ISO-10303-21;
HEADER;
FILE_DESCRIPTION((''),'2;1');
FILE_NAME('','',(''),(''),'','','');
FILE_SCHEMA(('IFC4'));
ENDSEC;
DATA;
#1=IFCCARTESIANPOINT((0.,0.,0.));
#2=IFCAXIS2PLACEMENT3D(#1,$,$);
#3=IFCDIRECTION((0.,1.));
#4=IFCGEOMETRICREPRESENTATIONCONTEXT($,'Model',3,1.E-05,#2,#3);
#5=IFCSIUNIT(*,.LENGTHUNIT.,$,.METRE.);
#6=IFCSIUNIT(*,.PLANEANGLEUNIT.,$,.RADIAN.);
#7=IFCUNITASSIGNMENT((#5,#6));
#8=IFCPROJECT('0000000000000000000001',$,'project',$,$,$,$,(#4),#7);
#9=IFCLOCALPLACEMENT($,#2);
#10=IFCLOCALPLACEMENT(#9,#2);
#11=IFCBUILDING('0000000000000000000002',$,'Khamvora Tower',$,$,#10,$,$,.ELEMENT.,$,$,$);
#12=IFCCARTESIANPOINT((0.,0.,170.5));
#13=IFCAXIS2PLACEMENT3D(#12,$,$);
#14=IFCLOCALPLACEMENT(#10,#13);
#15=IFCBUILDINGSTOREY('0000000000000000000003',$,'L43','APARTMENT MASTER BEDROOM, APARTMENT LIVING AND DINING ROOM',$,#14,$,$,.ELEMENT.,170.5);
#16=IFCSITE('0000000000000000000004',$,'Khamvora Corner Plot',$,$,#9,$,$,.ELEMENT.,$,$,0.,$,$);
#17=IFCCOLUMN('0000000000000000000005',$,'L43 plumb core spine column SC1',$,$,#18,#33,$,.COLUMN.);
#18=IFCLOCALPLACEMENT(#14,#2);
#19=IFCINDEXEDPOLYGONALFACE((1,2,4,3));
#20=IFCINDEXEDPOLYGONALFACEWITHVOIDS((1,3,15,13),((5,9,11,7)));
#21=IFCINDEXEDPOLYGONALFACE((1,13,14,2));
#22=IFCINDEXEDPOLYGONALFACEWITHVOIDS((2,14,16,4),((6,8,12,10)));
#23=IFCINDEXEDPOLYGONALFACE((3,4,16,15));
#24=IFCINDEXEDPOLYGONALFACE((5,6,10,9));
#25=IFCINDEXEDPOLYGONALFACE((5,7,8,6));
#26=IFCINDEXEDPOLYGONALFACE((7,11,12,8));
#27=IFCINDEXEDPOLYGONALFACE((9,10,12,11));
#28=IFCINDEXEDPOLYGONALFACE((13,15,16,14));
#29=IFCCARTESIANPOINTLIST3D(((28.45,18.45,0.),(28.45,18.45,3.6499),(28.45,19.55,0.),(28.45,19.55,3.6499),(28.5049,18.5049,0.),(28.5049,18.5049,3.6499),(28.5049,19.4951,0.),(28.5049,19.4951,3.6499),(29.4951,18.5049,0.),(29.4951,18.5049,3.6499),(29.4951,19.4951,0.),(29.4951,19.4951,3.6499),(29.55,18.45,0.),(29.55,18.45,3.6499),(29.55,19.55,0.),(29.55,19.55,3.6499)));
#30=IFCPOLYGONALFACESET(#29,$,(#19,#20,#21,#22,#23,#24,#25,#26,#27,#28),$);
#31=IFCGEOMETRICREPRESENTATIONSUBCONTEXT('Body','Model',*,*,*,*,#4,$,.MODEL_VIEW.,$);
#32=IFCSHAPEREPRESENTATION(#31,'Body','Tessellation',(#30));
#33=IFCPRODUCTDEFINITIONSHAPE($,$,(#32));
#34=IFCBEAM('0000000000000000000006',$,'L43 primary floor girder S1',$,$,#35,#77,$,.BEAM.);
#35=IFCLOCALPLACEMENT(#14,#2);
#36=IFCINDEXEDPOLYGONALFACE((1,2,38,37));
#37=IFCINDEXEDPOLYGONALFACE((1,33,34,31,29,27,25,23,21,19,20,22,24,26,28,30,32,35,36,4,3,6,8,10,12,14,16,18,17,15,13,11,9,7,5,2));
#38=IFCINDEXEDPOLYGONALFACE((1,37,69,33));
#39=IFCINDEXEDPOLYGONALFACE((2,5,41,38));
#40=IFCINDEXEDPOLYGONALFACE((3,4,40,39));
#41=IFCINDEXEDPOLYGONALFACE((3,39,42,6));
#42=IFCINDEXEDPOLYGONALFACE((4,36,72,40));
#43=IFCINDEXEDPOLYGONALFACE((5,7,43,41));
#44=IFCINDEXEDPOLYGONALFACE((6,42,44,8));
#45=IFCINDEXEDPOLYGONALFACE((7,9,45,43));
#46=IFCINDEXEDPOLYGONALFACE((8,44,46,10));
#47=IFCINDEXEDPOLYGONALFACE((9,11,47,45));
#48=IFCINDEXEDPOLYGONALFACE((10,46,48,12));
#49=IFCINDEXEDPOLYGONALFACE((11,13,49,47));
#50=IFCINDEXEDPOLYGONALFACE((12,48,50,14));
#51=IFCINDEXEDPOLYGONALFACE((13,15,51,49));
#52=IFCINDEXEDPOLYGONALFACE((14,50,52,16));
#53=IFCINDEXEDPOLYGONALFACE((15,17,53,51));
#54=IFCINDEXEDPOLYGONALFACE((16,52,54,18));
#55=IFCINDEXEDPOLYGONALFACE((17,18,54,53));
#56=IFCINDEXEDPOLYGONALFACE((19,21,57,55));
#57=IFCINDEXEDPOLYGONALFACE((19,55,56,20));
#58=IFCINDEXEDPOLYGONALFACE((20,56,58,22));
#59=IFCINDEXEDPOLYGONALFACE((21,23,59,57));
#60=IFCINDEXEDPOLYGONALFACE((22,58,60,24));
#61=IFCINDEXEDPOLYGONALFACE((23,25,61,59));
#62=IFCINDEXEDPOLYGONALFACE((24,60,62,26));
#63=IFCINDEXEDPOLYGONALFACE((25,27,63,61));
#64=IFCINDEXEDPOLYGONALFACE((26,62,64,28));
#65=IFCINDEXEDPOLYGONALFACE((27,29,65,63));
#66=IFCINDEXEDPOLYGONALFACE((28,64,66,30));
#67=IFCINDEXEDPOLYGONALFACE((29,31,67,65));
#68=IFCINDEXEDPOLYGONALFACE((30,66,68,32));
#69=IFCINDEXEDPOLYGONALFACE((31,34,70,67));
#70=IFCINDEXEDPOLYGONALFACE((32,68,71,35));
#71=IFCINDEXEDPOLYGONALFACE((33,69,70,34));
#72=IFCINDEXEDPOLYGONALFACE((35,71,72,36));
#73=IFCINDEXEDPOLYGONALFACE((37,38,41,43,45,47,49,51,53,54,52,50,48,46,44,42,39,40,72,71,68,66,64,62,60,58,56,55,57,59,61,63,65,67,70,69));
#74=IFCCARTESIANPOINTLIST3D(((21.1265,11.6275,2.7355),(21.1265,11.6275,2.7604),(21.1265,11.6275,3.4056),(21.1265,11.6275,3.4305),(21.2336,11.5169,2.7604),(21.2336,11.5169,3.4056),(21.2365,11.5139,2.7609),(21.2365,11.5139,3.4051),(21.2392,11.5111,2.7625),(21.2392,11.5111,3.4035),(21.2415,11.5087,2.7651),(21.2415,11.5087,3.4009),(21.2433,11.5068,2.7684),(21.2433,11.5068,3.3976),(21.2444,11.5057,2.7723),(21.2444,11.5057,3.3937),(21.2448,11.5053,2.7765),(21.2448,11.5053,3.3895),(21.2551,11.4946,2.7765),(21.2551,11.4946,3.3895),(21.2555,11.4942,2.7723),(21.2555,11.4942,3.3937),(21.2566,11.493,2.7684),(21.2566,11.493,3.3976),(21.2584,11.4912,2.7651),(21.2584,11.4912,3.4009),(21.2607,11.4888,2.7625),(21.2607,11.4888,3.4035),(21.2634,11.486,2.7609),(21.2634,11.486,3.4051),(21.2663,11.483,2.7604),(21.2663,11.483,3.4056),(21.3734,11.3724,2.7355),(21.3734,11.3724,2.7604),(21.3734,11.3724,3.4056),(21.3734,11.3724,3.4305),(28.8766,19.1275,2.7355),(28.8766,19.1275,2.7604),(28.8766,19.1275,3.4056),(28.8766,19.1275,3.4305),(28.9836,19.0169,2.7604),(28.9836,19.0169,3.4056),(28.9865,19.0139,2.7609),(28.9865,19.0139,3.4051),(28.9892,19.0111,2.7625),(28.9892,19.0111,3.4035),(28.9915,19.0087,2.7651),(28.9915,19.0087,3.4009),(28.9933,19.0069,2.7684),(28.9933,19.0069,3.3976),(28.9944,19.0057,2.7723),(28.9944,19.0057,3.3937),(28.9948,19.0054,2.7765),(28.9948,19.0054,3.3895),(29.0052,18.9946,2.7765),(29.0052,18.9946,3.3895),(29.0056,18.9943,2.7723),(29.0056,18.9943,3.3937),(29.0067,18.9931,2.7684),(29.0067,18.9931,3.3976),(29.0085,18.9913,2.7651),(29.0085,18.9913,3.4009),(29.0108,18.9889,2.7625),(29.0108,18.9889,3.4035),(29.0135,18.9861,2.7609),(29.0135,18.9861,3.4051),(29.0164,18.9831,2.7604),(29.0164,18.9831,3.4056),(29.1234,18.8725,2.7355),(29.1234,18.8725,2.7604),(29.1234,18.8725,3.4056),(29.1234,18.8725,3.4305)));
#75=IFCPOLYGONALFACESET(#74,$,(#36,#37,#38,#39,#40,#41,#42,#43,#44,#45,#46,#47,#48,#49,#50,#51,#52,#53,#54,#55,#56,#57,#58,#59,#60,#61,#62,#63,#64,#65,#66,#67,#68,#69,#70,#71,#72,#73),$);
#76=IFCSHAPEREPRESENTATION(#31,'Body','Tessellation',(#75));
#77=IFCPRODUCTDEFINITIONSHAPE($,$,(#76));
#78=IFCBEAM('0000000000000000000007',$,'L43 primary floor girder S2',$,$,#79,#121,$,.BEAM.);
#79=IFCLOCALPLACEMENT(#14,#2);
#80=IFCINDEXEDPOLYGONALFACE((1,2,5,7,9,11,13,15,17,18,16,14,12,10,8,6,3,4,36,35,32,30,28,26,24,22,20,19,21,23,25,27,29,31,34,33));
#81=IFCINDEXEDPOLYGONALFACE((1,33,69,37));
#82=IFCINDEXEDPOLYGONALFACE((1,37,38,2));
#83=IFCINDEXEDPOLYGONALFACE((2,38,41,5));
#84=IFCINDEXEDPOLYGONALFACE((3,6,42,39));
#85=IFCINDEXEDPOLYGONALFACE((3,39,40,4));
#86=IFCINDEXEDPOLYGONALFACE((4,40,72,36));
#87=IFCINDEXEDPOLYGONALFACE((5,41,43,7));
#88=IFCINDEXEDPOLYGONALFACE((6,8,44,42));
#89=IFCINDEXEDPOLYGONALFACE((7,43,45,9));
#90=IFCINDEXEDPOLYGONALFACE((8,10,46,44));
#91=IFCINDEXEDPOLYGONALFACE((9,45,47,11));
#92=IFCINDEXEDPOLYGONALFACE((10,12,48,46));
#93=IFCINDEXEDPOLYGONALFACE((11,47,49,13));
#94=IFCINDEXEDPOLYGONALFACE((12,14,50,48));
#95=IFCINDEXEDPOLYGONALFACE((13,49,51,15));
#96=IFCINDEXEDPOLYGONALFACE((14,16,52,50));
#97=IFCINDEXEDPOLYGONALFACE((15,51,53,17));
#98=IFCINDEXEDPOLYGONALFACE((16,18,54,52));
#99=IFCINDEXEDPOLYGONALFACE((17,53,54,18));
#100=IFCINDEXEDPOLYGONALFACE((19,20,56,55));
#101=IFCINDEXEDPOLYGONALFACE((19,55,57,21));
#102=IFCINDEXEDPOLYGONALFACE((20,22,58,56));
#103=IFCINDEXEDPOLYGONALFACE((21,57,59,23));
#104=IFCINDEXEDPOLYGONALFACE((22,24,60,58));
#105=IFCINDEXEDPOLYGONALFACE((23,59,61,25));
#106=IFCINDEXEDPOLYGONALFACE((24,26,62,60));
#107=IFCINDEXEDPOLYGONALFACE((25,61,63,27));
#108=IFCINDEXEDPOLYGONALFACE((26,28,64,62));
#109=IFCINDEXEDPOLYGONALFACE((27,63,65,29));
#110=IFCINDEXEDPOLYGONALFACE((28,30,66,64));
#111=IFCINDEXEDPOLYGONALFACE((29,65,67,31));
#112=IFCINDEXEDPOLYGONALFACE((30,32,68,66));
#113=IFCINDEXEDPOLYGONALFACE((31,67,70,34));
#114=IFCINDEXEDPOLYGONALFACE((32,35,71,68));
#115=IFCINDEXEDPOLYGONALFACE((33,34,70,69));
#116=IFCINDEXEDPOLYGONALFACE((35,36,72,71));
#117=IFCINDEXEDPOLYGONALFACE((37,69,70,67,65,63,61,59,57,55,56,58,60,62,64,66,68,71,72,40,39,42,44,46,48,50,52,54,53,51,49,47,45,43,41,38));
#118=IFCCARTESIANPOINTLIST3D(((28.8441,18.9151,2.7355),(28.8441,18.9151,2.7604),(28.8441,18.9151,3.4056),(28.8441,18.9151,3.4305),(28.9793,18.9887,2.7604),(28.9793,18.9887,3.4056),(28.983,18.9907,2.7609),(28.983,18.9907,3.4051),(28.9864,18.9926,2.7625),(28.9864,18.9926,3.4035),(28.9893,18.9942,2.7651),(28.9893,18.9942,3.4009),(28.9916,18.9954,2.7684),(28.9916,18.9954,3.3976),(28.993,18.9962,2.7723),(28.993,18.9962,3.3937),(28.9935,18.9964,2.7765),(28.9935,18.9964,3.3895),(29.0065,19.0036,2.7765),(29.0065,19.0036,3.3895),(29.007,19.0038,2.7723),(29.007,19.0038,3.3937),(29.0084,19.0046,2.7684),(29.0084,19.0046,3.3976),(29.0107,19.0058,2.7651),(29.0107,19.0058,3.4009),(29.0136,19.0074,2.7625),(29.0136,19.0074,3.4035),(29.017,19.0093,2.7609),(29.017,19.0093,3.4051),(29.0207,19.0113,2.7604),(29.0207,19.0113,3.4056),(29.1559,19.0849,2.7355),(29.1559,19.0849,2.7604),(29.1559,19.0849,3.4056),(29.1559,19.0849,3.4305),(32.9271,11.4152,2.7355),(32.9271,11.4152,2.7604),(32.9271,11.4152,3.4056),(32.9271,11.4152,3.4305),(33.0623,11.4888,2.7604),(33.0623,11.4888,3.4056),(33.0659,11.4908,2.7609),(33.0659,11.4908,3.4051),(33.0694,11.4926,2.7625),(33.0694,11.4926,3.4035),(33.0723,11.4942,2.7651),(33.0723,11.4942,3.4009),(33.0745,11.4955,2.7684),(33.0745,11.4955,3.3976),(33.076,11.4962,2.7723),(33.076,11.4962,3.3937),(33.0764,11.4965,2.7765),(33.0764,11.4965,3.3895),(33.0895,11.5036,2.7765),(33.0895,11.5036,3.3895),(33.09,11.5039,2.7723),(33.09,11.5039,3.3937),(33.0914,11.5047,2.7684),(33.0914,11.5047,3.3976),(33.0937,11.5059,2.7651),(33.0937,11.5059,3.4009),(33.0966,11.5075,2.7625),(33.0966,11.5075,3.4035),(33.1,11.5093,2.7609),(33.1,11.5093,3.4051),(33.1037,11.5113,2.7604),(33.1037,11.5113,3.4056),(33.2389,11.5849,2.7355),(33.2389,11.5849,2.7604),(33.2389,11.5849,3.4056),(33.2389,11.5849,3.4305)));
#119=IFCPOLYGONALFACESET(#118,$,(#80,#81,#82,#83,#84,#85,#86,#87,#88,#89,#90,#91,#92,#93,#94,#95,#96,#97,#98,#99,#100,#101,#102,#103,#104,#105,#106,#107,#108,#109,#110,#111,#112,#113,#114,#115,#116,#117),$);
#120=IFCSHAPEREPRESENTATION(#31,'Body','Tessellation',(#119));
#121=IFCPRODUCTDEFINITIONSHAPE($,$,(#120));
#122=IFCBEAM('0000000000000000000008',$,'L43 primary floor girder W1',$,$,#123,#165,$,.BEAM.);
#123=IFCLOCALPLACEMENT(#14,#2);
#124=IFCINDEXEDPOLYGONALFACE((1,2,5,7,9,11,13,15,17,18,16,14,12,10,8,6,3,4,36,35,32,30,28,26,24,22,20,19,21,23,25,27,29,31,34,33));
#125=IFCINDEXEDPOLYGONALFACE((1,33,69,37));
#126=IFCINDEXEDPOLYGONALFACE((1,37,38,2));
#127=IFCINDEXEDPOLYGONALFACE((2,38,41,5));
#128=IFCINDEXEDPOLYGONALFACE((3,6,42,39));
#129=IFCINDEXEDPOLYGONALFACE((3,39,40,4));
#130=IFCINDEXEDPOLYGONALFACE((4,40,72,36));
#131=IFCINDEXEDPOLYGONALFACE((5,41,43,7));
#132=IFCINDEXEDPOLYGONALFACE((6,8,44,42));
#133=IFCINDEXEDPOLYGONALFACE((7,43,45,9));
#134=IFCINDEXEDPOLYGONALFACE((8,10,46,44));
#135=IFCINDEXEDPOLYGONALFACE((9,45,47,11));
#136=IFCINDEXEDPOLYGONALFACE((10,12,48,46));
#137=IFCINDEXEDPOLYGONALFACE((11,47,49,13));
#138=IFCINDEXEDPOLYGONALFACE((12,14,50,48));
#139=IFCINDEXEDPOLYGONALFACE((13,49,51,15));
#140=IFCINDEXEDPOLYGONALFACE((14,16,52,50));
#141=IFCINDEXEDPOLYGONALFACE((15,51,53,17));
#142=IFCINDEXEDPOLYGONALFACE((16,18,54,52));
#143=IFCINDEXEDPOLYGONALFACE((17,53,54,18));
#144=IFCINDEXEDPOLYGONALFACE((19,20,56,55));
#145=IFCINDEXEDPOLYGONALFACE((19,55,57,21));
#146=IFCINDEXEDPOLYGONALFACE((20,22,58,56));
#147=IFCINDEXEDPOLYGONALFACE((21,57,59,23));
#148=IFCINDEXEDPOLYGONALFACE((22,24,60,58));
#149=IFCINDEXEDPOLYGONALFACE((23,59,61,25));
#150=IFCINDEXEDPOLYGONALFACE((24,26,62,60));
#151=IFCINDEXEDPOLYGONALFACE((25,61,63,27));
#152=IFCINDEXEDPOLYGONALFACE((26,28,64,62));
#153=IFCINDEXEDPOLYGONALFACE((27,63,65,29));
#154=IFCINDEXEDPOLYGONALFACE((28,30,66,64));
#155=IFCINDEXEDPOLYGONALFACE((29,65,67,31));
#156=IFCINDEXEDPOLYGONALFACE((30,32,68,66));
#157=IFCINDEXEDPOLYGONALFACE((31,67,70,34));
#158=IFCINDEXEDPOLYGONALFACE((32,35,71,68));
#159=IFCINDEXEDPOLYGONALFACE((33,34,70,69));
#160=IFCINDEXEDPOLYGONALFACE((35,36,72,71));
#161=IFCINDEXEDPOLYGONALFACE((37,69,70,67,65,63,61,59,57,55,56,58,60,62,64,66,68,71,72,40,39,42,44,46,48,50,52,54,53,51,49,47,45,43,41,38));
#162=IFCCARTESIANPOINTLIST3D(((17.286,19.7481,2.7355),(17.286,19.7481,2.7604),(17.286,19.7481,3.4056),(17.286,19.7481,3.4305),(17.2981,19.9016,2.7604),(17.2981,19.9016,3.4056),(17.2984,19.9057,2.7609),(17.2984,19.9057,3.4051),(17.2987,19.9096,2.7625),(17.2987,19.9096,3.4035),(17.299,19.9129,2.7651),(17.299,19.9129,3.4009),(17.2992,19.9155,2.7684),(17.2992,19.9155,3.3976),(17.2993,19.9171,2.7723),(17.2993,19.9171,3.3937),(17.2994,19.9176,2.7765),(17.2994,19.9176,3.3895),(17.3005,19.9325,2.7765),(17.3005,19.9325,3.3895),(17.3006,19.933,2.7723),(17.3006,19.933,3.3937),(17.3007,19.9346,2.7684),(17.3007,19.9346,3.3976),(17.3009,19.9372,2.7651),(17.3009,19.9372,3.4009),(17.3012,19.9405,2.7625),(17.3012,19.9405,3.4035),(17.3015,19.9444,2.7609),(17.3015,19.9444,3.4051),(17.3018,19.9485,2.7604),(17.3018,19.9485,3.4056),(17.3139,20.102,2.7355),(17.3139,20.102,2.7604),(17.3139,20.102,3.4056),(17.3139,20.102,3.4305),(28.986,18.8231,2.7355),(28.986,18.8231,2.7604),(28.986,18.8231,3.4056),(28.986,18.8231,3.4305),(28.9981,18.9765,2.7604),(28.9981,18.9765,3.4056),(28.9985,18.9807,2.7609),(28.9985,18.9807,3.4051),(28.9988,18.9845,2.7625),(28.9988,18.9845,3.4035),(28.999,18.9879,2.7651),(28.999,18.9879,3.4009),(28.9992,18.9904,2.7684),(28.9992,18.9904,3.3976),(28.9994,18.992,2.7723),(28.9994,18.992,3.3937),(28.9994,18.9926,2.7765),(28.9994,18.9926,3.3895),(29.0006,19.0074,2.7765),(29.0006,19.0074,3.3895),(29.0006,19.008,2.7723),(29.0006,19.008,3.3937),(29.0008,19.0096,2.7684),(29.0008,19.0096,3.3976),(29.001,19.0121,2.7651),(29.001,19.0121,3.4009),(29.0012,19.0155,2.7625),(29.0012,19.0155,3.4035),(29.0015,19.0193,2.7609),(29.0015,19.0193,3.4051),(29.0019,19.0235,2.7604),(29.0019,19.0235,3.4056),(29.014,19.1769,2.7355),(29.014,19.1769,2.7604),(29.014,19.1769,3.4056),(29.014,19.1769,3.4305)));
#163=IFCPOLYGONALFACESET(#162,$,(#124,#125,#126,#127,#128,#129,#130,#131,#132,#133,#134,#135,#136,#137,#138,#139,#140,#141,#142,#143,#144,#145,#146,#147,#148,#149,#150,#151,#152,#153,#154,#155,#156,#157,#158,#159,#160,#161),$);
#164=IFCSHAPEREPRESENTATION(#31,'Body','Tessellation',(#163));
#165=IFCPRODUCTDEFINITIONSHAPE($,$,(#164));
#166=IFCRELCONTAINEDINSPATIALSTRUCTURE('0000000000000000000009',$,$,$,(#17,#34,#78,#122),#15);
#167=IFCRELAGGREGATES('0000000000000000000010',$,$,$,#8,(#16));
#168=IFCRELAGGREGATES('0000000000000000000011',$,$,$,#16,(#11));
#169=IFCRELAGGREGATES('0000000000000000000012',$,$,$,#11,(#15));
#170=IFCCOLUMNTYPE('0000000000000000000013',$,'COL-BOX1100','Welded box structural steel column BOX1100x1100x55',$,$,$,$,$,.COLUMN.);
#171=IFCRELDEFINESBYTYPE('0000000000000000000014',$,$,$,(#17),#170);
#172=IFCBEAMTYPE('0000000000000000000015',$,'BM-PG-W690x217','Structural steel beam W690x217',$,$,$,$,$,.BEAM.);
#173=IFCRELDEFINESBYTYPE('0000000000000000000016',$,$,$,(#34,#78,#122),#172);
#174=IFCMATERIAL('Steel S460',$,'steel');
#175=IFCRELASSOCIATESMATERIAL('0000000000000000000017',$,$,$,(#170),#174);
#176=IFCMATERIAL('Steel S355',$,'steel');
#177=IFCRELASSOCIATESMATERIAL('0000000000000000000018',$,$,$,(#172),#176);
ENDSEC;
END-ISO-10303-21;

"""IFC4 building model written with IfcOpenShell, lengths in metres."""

from ifc_helpers import new_model, si_unit, direction, frame, origin, origin_2d, place, context, subcontext, project, spatial, hollow_rectangle, i_section, extrude, material, material_profile, profile_set, type_object, element, save


model = new_model("IFC4")

# Units and contexts
model_context = context("Model", 3, precision=1e-05, world=origin(), true_north=direction((0.0, 1.0)))
body_context = subcontext(model_context, "Body", "Model", "MODEL_VIEW")
ifc_project = project(units=[si_unit("LENGTHUNIT", "METRE"), si_unit("PLANEANGLEUNIT", "RADIAN")], contexts=[model_context])

# Site, building, storey
site_placement = place(None, origin())
site = spatial("IfcSite", under=ifc_project, at=site_placement, Name="Khamvora Corner Plot", CompositionType="ELEMENT", RefElevation=0.0)
building_placement = place(site_placement, origin())
building = spatial("IfcBuilding", under=site, at=building_placement, Name="Khamvora Tower", CompositionType="ELEMENT")
storey_placement = place(building_placement, frame((0.0, 0.0, 170.5)))
storey = spatial("IfcBuildingStorey", under=building, at=storey_placement, Name="L43", Description="APARTMENT MASTER BEDROOM, APARTMENT LIVING AND DINING ROOM", CompositionType="ELEMENT", Elevation=170.5)

# Column
ifc_material_1 = material(Name="Steel S460", Category="steel")
ifc_material_profile_1 = material_profile(ifc_material_1, hollow_rectangle(XDim=1.1001, YDim=1.1001, WallThickness=0.0549, at=origin_2d()), Name="BOX1100x1100x55")
ifc_profile_set_1 = profile_set([ifc_material_profile_1], Name="Steel S460")
column_type = type_object("IfcColumnType", Name="COL-BOX1100", Description="Welded box structural steel column BOX1100x1100x55", PredefinedType="COLUMN", material=ifc_profile_set_1)
column_placement = place(storey_placement, frame((29.0, 19.0, 0.0), z_axis=(0.0, 0.0, 1.0), x_axis=(1.0, 0.0, 0.0)))
element("IfcColumn", 1, at=column_placement, inside=storey, type_object=column_type, Name="L43 plumb core spine column SC1", PredefinedType="COLUMN", context=body_context, shape_type="SweptSolid", body=[
    extrude(hollow_rectangle(XDim=1.1001, YDim=1.1001, WallThickness=0.0549, at=origin_2d()), origin(), (0.0, 0.0, 1.0), 3.6499),
])

# Beams
ifc_material_2 = material(Name="Steel S355", Category="steel")
ifc_material_profile_2 = material_profile(ifc_material_2, i_section(OverallWidth=0.355, OverallDepth=0.6951, WebThickness=0.0149, FlangeThickness=0.0249, FilletRadius=0.0161, at=origin_2d()), Name="W690x217")
ifc_profile_set_2 = profile_set([ifc_material_profile_2], Name="Steel S355")
beam_type_1 = type_object("IfcBeamType", Name="BM-PG-W690x217", Description="Structural steel beam W690x217", PredefinedType="BEAM", material=ifc_profile_set_2)
beam_1_placement = place(storey_placement, frame((29.0, 19.0, 3.083), z_axis=(-0.718602, -0.695421, 0.0), x_axis=(0.695421, -0.718602, 0.0)))
element("IfcBeam", 2, at=beam_1_placement, inside=storey, type_object=beam_type_1, Name="L43 primary floor girder S1", PredefinedType="BEAM", context=body_context, shape_type="SweptSolid", body=[
    extrude(i_section(OverallWidth=0.355, OverallDepth=0.6951, WebThickness=0.0149, FlangeThickness=0.0249, FilletRadius=0.0161, at=origin_2d()), origin(), (0.0, 0.0, 1.0), 10.7849),
])
beam_2_placement = place(storey_placement, frame((29.0, 19.0, 3.083), z_axis=(0.478139, -0.878284, 0.0), x_axis=(0.878284, 0.478139, 0.0)))
element("IfcBeam", 3, at=beam_2_placement, inside=storey, type_object=beam_type_1, Name="L43 primary floor girder S2", PredefinedType="BEAM", context=body_context, shape_type="SweptSolid", body=[
    extrude(i_section(OverallWidth=0.355, OverallDepth=0.6951, WebThickness=0.0149, FlangeThickness=0.0249, FilletRadius=0.0161, at=origin_2d()), origin(), (0.0, 0.0, 1.0), 8.5393),
])
beam_3_placement = place(storey_placement, frame((29.0, 19.0, 3.083), z_axis=(-0.996889, 0.078818, 0.0), x_axis=(-0.078818, -0.996889, 0.0)))
element("IfcBeam", 4, at=beam_3_placement, inside=storey, type_object=beam_type_1, Name="L43 primary floor girder W1", PredefinedType="BEAM", context=body_context, shape_type="SweptSolid", body=[
    extrude(i_section(OverallWidth=0.355, OverallDepth=0.6951, WebThickness=0.0149, FlangeThickness=0.0249, FilletRadius=0.0161, at=origin_2d()), origin(), (0.0, 0.0, 1.0), 11.7366),
])

save(model, "model.ifc")
